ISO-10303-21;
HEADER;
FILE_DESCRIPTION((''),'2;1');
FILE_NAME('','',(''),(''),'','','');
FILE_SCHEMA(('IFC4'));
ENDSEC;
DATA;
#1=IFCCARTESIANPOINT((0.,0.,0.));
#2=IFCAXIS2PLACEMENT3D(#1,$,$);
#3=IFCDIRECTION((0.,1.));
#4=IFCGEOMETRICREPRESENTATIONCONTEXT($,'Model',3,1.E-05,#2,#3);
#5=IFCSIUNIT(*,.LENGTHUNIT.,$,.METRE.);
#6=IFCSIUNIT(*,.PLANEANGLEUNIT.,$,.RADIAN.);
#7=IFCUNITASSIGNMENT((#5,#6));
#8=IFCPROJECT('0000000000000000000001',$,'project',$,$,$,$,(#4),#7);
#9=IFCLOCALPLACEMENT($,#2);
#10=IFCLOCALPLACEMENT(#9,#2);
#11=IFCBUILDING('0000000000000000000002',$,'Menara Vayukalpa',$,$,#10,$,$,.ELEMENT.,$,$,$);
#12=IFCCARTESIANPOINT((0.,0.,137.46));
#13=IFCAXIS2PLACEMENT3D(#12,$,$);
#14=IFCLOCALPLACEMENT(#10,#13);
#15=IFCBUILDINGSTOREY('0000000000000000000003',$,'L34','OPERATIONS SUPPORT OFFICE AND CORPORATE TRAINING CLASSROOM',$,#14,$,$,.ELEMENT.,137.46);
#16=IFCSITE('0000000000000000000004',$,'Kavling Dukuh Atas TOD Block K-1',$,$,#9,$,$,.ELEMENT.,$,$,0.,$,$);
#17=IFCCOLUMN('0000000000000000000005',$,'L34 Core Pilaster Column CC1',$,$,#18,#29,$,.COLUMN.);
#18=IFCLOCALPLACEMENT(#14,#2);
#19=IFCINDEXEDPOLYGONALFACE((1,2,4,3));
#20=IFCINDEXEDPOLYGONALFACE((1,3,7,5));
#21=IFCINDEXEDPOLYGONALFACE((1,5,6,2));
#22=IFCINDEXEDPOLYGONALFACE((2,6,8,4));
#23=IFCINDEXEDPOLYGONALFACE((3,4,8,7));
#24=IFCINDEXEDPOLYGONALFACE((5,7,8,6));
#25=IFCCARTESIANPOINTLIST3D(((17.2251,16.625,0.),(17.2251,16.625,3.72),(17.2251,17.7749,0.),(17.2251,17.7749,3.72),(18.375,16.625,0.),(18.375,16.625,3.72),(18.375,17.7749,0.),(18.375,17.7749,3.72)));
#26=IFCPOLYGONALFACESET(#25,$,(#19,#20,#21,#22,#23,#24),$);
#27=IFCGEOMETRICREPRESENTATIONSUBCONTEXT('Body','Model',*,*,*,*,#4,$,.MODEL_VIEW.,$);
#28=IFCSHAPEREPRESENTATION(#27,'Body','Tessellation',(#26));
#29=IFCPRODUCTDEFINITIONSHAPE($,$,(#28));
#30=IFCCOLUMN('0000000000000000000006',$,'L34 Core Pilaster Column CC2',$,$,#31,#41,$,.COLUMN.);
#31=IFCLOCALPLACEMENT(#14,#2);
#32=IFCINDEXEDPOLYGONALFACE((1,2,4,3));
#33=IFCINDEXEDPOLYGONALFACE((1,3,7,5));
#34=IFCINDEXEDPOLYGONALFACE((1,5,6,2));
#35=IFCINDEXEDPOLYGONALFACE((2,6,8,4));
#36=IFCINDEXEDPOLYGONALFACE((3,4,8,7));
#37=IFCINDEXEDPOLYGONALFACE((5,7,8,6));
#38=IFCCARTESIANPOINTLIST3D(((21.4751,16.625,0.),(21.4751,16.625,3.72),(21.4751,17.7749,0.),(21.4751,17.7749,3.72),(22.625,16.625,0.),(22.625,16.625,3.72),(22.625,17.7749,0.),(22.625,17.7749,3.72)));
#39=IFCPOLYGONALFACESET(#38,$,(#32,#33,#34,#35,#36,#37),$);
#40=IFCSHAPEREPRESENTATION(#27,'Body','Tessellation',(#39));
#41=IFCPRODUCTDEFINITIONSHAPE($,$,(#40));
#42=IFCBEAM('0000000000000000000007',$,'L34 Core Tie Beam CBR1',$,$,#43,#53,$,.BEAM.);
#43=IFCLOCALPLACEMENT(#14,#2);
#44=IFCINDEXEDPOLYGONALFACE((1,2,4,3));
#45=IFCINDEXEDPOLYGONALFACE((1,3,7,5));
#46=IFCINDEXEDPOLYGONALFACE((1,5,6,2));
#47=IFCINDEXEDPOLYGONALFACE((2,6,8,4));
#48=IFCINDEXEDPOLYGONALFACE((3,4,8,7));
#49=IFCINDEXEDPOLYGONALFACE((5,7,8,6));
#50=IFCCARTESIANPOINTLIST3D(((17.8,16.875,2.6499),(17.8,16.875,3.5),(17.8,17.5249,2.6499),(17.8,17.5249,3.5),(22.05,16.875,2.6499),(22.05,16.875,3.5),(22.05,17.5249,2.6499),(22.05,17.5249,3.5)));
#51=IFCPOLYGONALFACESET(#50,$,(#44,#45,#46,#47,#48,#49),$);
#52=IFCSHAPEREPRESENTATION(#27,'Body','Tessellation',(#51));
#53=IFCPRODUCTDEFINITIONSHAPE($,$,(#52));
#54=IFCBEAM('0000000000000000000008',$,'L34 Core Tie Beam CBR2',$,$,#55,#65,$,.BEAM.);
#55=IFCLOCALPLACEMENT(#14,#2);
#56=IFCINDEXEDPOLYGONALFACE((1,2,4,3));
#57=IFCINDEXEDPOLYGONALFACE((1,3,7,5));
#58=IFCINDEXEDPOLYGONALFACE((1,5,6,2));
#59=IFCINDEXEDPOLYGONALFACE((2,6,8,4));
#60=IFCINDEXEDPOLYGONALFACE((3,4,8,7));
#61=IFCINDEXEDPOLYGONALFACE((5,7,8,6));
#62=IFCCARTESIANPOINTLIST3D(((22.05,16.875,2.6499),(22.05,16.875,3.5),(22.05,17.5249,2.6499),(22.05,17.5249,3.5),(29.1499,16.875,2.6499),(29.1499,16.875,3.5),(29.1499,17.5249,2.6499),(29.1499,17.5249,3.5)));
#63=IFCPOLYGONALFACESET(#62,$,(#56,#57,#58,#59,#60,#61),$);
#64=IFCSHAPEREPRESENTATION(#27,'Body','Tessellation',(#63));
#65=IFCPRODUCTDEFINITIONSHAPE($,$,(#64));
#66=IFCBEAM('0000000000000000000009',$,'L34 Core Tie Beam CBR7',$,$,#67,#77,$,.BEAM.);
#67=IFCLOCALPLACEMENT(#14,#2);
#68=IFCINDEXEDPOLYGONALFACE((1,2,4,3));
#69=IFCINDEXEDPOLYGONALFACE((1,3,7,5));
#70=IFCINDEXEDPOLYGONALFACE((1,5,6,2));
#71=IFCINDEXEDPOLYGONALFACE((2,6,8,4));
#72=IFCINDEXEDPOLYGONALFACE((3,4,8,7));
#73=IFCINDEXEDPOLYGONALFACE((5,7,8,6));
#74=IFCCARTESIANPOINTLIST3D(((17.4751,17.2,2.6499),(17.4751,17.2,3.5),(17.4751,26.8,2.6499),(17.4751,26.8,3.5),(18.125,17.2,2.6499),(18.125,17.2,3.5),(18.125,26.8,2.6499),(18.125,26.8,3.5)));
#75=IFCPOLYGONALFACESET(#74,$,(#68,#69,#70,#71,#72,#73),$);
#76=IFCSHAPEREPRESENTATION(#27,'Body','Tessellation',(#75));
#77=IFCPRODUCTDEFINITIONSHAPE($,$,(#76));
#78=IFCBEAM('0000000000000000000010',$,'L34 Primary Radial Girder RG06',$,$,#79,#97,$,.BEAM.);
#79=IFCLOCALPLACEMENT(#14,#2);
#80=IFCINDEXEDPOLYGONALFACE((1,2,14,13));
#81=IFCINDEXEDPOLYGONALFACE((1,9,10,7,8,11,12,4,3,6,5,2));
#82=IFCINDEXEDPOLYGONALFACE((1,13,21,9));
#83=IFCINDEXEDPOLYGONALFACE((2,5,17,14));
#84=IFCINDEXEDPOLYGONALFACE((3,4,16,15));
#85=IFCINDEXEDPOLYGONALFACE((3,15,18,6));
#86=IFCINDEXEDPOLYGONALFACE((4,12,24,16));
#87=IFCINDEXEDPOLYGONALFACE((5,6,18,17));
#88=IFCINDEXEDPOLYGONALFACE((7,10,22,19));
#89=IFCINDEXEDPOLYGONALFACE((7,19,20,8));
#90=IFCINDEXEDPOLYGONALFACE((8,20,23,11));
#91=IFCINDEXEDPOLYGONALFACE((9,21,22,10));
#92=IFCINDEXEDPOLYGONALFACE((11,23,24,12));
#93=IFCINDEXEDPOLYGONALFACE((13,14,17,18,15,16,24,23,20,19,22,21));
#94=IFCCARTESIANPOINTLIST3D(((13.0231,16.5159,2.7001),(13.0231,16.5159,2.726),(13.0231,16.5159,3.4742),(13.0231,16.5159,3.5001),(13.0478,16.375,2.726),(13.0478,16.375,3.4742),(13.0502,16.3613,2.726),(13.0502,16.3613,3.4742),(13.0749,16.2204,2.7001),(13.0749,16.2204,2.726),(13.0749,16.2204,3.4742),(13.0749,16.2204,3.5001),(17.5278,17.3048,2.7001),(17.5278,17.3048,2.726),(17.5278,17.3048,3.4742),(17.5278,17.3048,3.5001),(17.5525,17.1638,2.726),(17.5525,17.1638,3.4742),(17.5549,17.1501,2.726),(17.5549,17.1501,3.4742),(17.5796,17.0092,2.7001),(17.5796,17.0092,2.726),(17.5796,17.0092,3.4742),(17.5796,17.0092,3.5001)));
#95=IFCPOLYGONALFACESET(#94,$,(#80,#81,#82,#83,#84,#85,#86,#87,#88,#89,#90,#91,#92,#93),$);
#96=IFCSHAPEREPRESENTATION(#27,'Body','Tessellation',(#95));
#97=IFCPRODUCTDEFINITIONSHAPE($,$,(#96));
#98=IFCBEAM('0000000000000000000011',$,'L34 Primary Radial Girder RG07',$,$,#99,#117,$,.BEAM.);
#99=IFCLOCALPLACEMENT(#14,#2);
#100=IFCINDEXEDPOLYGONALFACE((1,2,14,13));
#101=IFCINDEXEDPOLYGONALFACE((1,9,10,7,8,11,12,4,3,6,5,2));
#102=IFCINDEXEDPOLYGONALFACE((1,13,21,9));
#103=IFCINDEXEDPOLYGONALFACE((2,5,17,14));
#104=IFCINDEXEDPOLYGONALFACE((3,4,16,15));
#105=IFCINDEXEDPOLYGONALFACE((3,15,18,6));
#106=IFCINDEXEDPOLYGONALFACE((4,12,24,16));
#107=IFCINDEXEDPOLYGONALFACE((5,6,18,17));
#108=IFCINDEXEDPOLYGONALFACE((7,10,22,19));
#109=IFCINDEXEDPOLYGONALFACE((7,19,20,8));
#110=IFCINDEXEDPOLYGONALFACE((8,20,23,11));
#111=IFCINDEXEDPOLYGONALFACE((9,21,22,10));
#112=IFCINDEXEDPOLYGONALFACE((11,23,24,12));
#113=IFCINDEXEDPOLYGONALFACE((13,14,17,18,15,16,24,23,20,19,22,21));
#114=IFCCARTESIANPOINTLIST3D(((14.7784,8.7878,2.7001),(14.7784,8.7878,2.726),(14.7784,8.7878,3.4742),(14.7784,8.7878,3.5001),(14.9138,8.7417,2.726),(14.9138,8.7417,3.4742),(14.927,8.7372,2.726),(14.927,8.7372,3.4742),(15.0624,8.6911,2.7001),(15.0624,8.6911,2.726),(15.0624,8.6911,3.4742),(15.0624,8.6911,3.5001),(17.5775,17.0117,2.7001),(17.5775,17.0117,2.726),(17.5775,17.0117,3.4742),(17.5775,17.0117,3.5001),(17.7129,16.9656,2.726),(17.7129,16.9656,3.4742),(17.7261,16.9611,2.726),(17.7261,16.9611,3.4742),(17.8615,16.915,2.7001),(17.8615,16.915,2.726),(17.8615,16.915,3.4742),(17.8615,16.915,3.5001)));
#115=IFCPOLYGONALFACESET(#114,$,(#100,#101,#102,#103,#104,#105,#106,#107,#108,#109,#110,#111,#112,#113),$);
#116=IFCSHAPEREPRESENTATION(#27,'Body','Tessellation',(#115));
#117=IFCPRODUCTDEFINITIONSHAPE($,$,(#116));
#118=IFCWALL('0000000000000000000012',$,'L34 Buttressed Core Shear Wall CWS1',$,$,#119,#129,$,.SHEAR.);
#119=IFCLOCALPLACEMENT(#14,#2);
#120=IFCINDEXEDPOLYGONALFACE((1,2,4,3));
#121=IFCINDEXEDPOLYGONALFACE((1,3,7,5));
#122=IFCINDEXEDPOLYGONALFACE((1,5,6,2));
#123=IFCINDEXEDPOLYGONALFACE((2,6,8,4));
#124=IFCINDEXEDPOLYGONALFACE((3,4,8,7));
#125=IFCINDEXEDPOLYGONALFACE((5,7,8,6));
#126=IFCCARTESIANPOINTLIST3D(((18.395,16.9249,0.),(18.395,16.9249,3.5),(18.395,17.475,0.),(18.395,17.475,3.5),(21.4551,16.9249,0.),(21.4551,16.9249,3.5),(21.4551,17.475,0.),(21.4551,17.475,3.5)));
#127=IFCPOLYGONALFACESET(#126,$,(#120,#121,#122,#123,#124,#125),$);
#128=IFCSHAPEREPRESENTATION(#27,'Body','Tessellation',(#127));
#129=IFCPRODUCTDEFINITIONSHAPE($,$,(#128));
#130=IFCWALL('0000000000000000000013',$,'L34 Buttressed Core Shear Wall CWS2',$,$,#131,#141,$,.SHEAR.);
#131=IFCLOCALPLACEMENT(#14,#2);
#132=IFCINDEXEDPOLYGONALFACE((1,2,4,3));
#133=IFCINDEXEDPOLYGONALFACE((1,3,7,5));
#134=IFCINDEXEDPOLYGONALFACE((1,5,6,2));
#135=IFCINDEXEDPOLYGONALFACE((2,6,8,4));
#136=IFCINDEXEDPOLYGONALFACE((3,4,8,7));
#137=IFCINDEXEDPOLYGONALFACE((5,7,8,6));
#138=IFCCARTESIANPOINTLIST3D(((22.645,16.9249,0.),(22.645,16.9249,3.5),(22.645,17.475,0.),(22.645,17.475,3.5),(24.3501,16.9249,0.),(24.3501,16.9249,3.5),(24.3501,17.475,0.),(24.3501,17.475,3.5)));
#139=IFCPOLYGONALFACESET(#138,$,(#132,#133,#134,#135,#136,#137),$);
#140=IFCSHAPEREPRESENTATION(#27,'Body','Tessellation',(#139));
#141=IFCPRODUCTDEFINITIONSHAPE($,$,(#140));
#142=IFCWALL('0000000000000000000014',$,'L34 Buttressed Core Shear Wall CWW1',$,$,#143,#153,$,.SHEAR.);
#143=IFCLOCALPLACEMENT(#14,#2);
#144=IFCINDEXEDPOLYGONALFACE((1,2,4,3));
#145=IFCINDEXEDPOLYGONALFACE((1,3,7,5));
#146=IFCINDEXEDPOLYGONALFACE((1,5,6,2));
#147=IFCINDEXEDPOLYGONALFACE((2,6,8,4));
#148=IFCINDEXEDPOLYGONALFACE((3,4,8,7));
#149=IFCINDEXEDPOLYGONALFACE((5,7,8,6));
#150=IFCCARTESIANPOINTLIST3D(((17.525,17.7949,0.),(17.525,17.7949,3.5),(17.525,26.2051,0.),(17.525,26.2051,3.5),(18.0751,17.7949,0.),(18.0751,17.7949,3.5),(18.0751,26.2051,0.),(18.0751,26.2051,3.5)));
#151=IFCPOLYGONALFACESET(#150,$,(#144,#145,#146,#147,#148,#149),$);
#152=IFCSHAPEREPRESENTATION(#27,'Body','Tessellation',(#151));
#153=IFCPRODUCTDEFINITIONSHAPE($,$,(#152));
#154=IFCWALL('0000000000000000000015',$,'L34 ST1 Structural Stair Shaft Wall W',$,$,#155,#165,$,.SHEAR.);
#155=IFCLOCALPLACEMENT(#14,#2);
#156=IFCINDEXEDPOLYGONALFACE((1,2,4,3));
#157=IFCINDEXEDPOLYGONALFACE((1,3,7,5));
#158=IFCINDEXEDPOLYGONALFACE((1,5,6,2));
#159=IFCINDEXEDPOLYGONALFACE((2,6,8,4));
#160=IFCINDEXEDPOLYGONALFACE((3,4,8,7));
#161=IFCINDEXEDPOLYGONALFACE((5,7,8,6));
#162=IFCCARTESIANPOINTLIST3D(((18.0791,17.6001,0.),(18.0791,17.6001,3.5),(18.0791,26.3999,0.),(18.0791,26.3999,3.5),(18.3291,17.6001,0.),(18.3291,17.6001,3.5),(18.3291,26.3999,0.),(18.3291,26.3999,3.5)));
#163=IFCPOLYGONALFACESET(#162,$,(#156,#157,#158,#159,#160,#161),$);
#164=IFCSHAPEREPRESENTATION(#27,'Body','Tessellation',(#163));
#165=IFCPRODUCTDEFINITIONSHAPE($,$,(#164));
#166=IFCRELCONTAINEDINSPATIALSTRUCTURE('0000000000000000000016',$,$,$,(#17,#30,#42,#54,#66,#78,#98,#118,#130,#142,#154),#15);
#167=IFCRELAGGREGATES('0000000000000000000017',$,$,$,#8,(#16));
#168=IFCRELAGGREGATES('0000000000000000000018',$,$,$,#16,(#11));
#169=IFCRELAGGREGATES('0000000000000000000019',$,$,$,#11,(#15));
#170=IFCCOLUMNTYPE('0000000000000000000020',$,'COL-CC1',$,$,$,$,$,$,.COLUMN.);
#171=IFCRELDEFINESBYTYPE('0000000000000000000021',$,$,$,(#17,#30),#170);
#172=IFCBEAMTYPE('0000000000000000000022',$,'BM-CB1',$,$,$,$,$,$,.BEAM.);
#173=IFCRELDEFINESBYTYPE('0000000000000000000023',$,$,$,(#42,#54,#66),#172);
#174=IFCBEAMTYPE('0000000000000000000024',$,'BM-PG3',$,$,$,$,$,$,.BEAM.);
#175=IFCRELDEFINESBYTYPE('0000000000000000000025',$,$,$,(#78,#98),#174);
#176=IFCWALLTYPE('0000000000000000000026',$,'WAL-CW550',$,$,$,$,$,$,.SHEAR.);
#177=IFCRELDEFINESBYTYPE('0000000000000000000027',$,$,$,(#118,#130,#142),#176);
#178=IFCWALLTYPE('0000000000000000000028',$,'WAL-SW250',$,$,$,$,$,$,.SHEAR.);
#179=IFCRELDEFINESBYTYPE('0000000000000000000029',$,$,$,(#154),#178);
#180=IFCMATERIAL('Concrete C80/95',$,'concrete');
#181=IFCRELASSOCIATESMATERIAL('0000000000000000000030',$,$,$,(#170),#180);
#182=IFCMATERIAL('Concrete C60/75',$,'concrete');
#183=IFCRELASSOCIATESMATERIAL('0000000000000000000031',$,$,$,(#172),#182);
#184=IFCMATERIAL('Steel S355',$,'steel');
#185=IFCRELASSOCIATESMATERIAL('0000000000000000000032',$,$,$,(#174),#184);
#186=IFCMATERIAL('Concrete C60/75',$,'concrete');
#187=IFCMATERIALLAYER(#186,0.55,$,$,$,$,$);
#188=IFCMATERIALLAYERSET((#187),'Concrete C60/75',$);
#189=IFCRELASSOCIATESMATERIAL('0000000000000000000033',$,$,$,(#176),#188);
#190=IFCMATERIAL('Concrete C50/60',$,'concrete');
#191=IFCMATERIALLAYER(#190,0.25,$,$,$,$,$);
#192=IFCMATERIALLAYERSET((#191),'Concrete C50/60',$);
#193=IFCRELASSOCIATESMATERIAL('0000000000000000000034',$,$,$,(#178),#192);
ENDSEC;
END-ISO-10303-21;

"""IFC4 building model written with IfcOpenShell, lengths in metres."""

from ifc_helpers import new_model, si_unit, direction, frame, frame_2d, origin, origin_2d, place, context, subcontext, project, spatial, rectangle, i_section, extrude, material, layer, layer_set, material_profile, profile_set, type_object, element, save


model = new_model("IFC4")

# Units and contexts
model_context = context("Model", 3, precision=1e-05, world=origin(), true_north=direction((0.0, 1.0)))
body_context = subcontext(model_context, "Body", "Model", "MODEL_VIEW")
ifc_project = project(units=[si_unit("LENGTHUNIT", "METRE"), si_unit("PLANEANGLEUNIT", "RADIAN")], contexts=[model_context])

# Site, building, storey
site_placement = place(None, origin())
site = spatial("IfcSite", under=ifc_project, at=site_placement, Name="Kavling Dukuh Atas TOD Block K-1", CompositionType="ELEMENT", RefElevation=0.0)
building_placement = place(site_placement, origin())
building = spatial("IfcBuilding", under=site, at=building_placement, Name="Menara Vayukalpa", CompositionType="ELEMENT")
storey_placement = place(building_placement, frame((0.0, 0.0, 137.46)))
storey = spatial("IfcBuildingStorey", under=building, at=storey_placement, Name="L34", Description="OPERATIONS SUPPORT OFFICE AND CORPORATE TRAINING CLASSROOM", CompositionType="ELEMENT", Elevation=137.46)

# Columns
ifc_material_1 = material(Name="Concrete C80/95", Category="concrete")
ifc_material_profile_1 = material_profile(ifc_material_1, rectangle(XDim=1.1499, YDim=1.1499, at=origin_2d()), Name="RC 1150x1150")
ifc_profile_set_1 = profile_set([ifc_material_profile_1], Name="Concrete C80/95")
column_type = type_object("IfcColumnType", Name="COL-CC1", PredefinedType="COLUMN", material=ifc_profile_set_1)
for number, where, z_axis, x_axis, name in (
    (1, (17.8, 17.2, 0.0), (0.0, 0.0, 1.0), (1.0, 0.0, 0.0), "L34 Core Pilaster Column CC1"),
    (2, (22.05, 17.2, 0.0), (0.0, 0.0, 1.0), (1.0, 0.0, 0.0), "L34 Core Pilaster Column CC2"),
):
    element("IfcColumn", number, at=place(storey_placement, frame(where, z_axis=z_axis, x_axis=x_axis)), inside=storey, type_object=column_type, Name=name, PredefinedType="COLUMN", context=body_context, shape_type="SweptSolid", body=[
        extrude(rectangle(XDim=1.1499, YDim=1.1499, at=origin_2d()), origin(), (0.0, 0.0, 1.0), 3.72),
    ])

# Beams
ifc_material_2 = material(Name="Concrete C60/75", Category="concrete")
ifc_material_profile_2 = material_profile(ifc_material_2, rectangle(XDim=0.6499, YDim=0.8501, at=origin_2d()), Name="RC 650x850")
ifc_profile_set_2 = profile_set([ifc_material_profile_2], Name="Concrete C60/75")
beam_type_1 = type_object("IfcBeamType", Name="BM-CB1", PredefinedType="BEAM", material=ifc_profile_set_2)
beam_1_placement = place(storey_placement, frame((17.8, 17.2, 3.075), z_axis=(1.0, 0.0, 0.0), x_axis=(0.0, 1.0, 0.0)))
element("IfcBeam", 3, at=beam_1_placement, inside=storey, type_object=beam_type_1, Name="L34 Core Tie Beam CBR1", PredefinedType="BEAM", context=body_context, shape_type="SweptSolid", body=[
    extrude(rectangle(XDim=0.6499, YDim=0.8501, at=origin_2d()), origin(), (0.0, 0.0, 1.0), 4.25),
])
beam_2_placement = place(storey_placement, frame((22.05, 17.2, 3.075), z_axis=(1.0, 0.0, 0.0), x_axis=(0.0, 1.0, 0.0)))
element("IfcBeam", 4, at=beam_2_placement, inside=storey, type_object=beam_type_1, Name="L34 Core Tie Beam CBR2", PredefinedType="BEAM", context=body_context, shape_type="SweptSolid", body=[
    extrude(rectangle(XDim=0.6499, YDim=0.8501, at=origin_2d()), origin(), (0.0, 0.0, 1.0), 7.0999),
])
beam_3_placement = place(storey_placement, frame((17.8, 17.2, 3.075), z_axis=(0.0, 1.0, 0.0), x_axis=(-1.0, 0.0, 0.0)))
element("IfcBeam", 5, at=beam_3_placement, inside=storey, type_object=beam_type_1, Name="L34 Core Tie Beam CBR7", PredefinedType="BEAM", context=body_context, shape_type="SweptSolid", body=[
    extrude(rectangle(XDim=0.6499, YDim=0.8501, at=origin_2d()), origin(), (0.0, 0.0, 1.0), 9.6001),
])
ifc_material_3 = material(Name="Steel S355", Category="steel")
ifc_material_profile_3 = material_profile(ifc_material_3, i_section(OverallWidth=0.3, OverallDepth=0.8, WebThickness=0.0139, FlangeThickness=0.0259, at=origin_2d()), Name="WF 800x300x14x26")
ifc_profile_set_3 = profile_set([ifc_material_profile_3], Name="Steel S355")
beam_type_2 = type_object("IfcBeamType", Name="BM-PG3", PredefinedType="BEAM", material=ifc_profile_set_3)
beam_4_placement = place(storey_placement, frame((17.5537, 17.157, 3.1001), z_axis=(-0.985012, -0.172488, 0.0), x_axis=(0.172488, -0.985012, 0.0)))
element("IfcBeam", 6, at=beam_4_placement, inside=storey, type_object=beam_type_2, Name="L34 Primary Radial Girder RG06", PredefinedType="BEAM", context=body_context, shape_type="SweptSolid", body=[
    extrude(i_section(OverallWidth=0.3, OverallDepth=0.8, WebThickness=0.0139, FlangeThickness=0.0259, at=origin_2d()), origin(), (0.0, 0.0, 1.0), 4.5732),
])
beam_5_placement = place(storey_placement, frame((17.7195, 16.9634, 3.1001), z_axis=(-0.322208, -0.946669, 0.0), x_axis=(0.946669, -0.322208, 0.0)))
element("IfcBeam", 7, at=beam_5_placement, inside=storey, type_object=beam_type_2, Name="L34 Primary Radial Girder RG07", PredefinedType="BEAM", context=body_context, shape_type="SweptSolid", body=[
    extrude(i_section(OverallWidth=0.3, OverallDepth=0.8, WebThickness=0.0139, FlangeThickness=0.0259, at=origin_2d()), origin(), (0.0, 0.0, 1.0), 8.6873),
])

# Walls
ifc_material_4 = material(Name="Concrete C60/75", Category="concrete")
ifc_layer_1 = layer(ifc_material_4, 0.55)
ifc_layer_set_1 = layer_set([ifc_layer_1], Name="Concrete C60/75")
wall_type_1 = type_object("IfcWallType", Name="WAL-CW550", PredefinedType="SHEAR", material=ifc_layer_set_1)
wall_1_placement = place(storey_placement, frame((18.395, 17.2, 0.0), z_axis=(0.0, 0.0, 1.0), x_axis=(1.0, 0.0, 0.0)))
element("IfcWall", 8, at=wall_1_placement, inside=storey, type_object=wall_type_1, Name="L34 Buttressed Core Shear Wall CWS1", PredefinedType="SHEAR", context=body_context, shape_type="SweptSolid", body=[
    extrude(rectangle(XDim=3.0601, YDim=0.55, at=frame_2d((1.53, 0.0))), origin(), (0.0, 0.0, 1.0), 3.5),
])
wall_2_placement = place(storey_placement, frame((22.645, 17.2, 0.0), z_axis=(0.0, 0.0, 1.0), x_axis=(1.0, 0.0, 0.0)))
element("IfcWall", 9, at=wall_2_placement, inside=storey, type_object=wall_type_1, Name="L34 Buttressed Core Shear Wall CWS2", PredefinedType="SHEAR", context=body_context, shape_type="SweptSolid", body=[
    extrude(rectangle(XDim=1.7051, YDim=0.55, at=frame_2d((0.8525, 0.0))), origin(), (0.0, 0.0, 1.0), 3.5),
])
wall_3_placement = place(storey_placement, frame((17.8, 17.7949, 0.0), z_axis=(0.0, 0.0, 1.0), x_axis=(0.0, 1.0, 0.0)))
element("IfcWall", 10, at=wall_3_placement, inside=storey, type_object=wall_type_1, Name="L34 Buttressed Core Shear Wall CWW1", PredefinedType="SHEAR", context=body_context, shape_type="SweptSolid", body=[
    extrude(rectangle(XDim=8.4102, YDim=0.55, at=frame_2d((4.2051, 0.0))), origin(), (0.0, 0.0, 1.0), 3.5),
])
ifc_material_5 = material(Name="Concrete C50/60", Category="concrete")
ifc_layer_2 = layer(ifc_material_5, 0.25)
ifc_layer_set_2 = layer_set([ifc_layer_2], Name="Concrete C50/60")
wall_type_2 = type_object("IfcWallType", Name="WAL-SW250", PredefinedType="SHEAR", material=ifc_layer_set_2)
wall_4_placement = place(storey_placement, frame((18.2041, 17.6001, 0.0), z_axis=(0.0, 0.0, 1.0), x_axis=(0.0, 1.0, 0.0)))
element("IfcWall", 11, at=wall_4_placement, inside=storey, type_object=wall_type_2, Name="L34 ST1 Structural Stair Shaft Wall W", PredefinedType="SHEAR", context=body_context, shape_type="SweptSolid", body=[
    extrude(rectangle(XDim=8.7998, YDim=0.25, at=frame_2d((4.3999, 0.0))), origin(), (0.0, 0.0, 1.0), 3.5),
])

save(model, "model.ifc")
